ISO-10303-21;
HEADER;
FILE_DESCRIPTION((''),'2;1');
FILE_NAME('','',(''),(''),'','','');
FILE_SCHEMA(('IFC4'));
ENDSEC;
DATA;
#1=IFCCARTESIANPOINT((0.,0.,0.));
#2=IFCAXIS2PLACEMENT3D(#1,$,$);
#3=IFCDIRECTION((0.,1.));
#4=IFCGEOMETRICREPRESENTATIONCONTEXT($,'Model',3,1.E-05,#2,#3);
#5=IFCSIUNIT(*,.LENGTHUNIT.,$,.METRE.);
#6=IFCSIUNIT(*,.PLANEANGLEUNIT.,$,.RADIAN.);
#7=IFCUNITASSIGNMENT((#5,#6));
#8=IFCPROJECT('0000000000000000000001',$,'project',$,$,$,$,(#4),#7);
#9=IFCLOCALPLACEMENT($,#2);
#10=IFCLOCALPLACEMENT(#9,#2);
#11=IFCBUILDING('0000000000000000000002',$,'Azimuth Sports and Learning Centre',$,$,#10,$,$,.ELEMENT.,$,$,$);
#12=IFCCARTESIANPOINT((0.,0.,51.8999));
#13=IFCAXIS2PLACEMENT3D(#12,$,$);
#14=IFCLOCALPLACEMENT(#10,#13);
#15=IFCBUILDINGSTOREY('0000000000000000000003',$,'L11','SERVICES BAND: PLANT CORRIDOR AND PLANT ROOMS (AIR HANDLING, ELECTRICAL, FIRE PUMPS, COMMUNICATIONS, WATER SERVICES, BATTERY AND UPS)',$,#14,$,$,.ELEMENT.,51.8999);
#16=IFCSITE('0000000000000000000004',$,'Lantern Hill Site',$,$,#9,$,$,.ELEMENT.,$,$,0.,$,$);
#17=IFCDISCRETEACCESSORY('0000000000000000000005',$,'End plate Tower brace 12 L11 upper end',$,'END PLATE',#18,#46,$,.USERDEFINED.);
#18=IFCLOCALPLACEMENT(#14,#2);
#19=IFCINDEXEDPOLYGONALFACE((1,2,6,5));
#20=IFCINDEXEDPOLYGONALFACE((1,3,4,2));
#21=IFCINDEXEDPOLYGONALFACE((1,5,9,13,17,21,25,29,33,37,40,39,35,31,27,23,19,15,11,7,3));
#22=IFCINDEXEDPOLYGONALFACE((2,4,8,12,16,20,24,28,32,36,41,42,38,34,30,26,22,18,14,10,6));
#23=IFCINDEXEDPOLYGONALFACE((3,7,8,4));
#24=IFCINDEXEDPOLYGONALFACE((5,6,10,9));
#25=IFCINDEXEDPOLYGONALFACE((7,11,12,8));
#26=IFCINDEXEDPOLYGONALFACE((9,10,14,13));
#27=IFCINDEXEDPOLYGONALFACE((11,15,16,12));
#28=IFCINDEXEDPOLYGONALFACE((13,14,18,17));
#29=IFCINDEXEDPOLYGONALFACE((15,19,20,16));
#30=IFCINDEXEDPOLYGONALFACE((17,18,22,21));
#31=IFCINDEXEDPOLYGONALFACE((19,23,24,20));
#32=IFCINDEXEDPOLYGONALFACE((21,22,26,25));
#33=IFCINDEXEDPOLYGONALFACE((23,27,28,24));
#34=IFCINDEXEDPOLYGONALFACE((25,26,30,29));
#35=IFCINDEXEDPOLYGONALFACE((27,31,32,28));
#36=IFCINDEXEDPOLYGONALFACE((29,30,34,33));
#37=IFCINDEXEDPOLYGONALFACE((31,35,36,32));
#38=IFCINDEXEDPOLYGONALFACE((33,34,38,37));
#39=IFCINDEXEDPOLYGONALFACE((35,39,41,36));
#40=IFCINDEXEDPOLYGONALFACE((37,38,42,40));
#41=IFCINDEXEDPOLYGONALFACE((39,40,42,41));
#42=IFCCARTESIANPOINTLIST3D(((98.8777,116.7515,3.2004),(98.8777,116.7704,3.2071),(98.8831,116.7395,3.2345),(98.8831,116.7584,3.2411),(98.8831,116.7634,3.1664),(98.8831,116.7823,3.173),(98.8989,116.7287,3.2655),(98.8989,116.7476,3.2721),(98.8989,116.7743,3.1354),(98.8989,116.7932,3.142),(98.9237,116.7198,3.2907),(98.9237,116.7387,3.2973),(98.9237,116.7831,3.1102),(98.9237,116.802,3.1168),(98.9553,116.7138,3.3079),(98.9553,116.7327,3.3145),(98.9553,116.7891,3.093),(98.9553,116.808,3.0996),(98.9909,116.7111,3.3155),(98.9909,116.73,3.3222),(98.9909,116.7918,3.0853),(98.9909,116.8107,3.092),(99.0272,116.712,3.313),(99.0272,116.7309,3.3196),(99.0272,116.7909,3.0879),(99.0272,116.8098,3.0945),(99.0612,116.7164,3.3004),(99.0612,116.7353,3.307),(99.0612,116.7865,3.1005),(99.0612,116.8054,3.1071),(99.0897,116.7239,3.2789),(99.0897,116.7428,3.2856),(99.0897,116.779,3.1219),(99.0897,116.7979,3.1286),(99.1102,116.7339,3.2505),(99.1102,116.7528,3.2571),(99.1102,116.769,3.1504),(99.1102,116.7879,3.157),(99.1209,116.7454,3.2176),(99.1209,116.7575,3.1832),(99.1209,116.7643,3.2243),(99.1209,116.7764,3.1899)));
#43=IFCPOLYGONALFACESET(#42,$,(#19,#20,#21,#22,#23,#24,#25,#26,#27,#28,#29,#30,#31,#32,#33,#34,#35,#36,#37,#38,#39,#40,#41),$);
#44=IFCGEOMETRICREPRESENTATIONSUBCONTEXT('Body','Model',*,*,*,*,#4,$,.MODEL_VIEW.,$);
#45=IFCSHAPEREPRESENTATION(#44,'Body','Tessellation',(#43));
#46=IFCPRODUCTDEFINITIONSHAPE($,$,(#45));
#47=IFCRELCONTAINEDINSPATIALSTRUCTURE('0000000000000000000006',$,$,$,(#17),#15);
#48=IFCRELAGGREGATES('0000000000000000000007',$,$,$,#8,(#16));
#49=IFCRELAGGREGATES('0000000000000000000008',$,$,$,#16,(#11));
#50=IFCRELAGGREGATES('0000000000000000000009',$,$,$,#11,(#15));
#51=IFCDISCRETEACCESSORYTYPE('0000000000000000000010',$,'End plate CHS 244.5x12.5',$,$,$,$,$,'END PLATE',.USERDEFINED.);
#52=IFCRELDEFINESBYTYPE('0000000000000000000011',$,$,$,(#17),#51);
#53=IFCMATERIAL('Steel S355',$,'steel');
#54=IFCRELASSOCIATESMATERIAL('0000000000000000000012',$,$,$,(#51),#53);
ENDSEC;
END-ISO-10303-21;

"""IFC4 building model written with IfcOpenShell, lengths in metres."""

from ifc_helpers import new_model, si_unit, direction, frame, origin, origin_2d, place, context, subcontext, project, spatial, circle, extrude, material, material_profile, profile_set, type_object, element, save


model = new_model("IFC4")

# Units and contexts
model_context = context("Model", 3, precision=1e-05, world=origin(), true_north=direction((0.0, 1.0)))
body_context = subcontext(model_context, "Body", "Model", "MODEL_VIEW")
ifc_project = project(units=[si_unit("LENGTHUNIT", "METRE"), si_unit("PLANEANGLEUNIT", "RADIAN")], contexts=[model_context])

# Site, building, storey
site_placement = place(None, origin())
site = spatial("IfcSite", under=ifc_project, at=site_placement, Name="Lantern Hill Site", CompositionType="ELEMENT", RefElevation=0.0)
building_placement = place(site_placement, origin())
building = spatial("IfcBuilding", under=site, at=building_placement, Name="Azimuth Sports and Learning Centre", CompositionType="ELEMENT")
storey_placement = place(building_placement, frame((0.0, 0.0, 51.8999)))
storey = spatial("IfcBuildingStorey", under=building, at=storey_placement, Name="L11", Description="SERVICES BAND: PLANT CORRIDOR AND PLANT ROOMS (AIR HANDLING, ELECTRICAL, FIRE PUMPS, COMMUNICATIONS, WATER SERVICES, BATTERY AND UPS)", CompositionType="ELEMENT", Elevation=51.8999)

# Discrete accessory
ifc_material_1 = material(Name="Steel S355", Category="steel")
ifc_material_profile_1 = material_profile(ifc_material_1, circle(Radius=0.1223, at=origin_2d()), Name="PL 244 DISC")
ifc_profile_set_1 = profile_set([ifc_material_profile_1], Name="Steel S355")
discrete_accessory_type = type_object("IfcDiscreteAccessoryType", Name="End plate CHS 244.5x12.5", ElementType="END PLATE", PredefinedType="USERDEFINED", material=ifc_profile_set_1)
for number, where, z_axis, x_axis, name in (
    (1, (99.0, 116.7515, 3.2004), (0.0, 0.943667, 0.330896), (-1.0, 0.0, 0.0), "End plate Tower brace 12 L11 upper end"),
):
    element("IfcDiscreteAccessory", number, at=place(storey_placement, frame(where, z_axis=z_axis, x_axis=x_axis)), inside=storey, type_object=discrete_accessory_type, Name=name, ObjectType="END PLATE", PredefinedType="USERDEFINED", context=body_context, shape_type="SweptSolid", body=[
        extrude(circle(Radius=0.1223, at=origin_2d()), origin(), (0.0, 0.0, 1.0), 0.02),
    ])

save(model, "model.ifc")
